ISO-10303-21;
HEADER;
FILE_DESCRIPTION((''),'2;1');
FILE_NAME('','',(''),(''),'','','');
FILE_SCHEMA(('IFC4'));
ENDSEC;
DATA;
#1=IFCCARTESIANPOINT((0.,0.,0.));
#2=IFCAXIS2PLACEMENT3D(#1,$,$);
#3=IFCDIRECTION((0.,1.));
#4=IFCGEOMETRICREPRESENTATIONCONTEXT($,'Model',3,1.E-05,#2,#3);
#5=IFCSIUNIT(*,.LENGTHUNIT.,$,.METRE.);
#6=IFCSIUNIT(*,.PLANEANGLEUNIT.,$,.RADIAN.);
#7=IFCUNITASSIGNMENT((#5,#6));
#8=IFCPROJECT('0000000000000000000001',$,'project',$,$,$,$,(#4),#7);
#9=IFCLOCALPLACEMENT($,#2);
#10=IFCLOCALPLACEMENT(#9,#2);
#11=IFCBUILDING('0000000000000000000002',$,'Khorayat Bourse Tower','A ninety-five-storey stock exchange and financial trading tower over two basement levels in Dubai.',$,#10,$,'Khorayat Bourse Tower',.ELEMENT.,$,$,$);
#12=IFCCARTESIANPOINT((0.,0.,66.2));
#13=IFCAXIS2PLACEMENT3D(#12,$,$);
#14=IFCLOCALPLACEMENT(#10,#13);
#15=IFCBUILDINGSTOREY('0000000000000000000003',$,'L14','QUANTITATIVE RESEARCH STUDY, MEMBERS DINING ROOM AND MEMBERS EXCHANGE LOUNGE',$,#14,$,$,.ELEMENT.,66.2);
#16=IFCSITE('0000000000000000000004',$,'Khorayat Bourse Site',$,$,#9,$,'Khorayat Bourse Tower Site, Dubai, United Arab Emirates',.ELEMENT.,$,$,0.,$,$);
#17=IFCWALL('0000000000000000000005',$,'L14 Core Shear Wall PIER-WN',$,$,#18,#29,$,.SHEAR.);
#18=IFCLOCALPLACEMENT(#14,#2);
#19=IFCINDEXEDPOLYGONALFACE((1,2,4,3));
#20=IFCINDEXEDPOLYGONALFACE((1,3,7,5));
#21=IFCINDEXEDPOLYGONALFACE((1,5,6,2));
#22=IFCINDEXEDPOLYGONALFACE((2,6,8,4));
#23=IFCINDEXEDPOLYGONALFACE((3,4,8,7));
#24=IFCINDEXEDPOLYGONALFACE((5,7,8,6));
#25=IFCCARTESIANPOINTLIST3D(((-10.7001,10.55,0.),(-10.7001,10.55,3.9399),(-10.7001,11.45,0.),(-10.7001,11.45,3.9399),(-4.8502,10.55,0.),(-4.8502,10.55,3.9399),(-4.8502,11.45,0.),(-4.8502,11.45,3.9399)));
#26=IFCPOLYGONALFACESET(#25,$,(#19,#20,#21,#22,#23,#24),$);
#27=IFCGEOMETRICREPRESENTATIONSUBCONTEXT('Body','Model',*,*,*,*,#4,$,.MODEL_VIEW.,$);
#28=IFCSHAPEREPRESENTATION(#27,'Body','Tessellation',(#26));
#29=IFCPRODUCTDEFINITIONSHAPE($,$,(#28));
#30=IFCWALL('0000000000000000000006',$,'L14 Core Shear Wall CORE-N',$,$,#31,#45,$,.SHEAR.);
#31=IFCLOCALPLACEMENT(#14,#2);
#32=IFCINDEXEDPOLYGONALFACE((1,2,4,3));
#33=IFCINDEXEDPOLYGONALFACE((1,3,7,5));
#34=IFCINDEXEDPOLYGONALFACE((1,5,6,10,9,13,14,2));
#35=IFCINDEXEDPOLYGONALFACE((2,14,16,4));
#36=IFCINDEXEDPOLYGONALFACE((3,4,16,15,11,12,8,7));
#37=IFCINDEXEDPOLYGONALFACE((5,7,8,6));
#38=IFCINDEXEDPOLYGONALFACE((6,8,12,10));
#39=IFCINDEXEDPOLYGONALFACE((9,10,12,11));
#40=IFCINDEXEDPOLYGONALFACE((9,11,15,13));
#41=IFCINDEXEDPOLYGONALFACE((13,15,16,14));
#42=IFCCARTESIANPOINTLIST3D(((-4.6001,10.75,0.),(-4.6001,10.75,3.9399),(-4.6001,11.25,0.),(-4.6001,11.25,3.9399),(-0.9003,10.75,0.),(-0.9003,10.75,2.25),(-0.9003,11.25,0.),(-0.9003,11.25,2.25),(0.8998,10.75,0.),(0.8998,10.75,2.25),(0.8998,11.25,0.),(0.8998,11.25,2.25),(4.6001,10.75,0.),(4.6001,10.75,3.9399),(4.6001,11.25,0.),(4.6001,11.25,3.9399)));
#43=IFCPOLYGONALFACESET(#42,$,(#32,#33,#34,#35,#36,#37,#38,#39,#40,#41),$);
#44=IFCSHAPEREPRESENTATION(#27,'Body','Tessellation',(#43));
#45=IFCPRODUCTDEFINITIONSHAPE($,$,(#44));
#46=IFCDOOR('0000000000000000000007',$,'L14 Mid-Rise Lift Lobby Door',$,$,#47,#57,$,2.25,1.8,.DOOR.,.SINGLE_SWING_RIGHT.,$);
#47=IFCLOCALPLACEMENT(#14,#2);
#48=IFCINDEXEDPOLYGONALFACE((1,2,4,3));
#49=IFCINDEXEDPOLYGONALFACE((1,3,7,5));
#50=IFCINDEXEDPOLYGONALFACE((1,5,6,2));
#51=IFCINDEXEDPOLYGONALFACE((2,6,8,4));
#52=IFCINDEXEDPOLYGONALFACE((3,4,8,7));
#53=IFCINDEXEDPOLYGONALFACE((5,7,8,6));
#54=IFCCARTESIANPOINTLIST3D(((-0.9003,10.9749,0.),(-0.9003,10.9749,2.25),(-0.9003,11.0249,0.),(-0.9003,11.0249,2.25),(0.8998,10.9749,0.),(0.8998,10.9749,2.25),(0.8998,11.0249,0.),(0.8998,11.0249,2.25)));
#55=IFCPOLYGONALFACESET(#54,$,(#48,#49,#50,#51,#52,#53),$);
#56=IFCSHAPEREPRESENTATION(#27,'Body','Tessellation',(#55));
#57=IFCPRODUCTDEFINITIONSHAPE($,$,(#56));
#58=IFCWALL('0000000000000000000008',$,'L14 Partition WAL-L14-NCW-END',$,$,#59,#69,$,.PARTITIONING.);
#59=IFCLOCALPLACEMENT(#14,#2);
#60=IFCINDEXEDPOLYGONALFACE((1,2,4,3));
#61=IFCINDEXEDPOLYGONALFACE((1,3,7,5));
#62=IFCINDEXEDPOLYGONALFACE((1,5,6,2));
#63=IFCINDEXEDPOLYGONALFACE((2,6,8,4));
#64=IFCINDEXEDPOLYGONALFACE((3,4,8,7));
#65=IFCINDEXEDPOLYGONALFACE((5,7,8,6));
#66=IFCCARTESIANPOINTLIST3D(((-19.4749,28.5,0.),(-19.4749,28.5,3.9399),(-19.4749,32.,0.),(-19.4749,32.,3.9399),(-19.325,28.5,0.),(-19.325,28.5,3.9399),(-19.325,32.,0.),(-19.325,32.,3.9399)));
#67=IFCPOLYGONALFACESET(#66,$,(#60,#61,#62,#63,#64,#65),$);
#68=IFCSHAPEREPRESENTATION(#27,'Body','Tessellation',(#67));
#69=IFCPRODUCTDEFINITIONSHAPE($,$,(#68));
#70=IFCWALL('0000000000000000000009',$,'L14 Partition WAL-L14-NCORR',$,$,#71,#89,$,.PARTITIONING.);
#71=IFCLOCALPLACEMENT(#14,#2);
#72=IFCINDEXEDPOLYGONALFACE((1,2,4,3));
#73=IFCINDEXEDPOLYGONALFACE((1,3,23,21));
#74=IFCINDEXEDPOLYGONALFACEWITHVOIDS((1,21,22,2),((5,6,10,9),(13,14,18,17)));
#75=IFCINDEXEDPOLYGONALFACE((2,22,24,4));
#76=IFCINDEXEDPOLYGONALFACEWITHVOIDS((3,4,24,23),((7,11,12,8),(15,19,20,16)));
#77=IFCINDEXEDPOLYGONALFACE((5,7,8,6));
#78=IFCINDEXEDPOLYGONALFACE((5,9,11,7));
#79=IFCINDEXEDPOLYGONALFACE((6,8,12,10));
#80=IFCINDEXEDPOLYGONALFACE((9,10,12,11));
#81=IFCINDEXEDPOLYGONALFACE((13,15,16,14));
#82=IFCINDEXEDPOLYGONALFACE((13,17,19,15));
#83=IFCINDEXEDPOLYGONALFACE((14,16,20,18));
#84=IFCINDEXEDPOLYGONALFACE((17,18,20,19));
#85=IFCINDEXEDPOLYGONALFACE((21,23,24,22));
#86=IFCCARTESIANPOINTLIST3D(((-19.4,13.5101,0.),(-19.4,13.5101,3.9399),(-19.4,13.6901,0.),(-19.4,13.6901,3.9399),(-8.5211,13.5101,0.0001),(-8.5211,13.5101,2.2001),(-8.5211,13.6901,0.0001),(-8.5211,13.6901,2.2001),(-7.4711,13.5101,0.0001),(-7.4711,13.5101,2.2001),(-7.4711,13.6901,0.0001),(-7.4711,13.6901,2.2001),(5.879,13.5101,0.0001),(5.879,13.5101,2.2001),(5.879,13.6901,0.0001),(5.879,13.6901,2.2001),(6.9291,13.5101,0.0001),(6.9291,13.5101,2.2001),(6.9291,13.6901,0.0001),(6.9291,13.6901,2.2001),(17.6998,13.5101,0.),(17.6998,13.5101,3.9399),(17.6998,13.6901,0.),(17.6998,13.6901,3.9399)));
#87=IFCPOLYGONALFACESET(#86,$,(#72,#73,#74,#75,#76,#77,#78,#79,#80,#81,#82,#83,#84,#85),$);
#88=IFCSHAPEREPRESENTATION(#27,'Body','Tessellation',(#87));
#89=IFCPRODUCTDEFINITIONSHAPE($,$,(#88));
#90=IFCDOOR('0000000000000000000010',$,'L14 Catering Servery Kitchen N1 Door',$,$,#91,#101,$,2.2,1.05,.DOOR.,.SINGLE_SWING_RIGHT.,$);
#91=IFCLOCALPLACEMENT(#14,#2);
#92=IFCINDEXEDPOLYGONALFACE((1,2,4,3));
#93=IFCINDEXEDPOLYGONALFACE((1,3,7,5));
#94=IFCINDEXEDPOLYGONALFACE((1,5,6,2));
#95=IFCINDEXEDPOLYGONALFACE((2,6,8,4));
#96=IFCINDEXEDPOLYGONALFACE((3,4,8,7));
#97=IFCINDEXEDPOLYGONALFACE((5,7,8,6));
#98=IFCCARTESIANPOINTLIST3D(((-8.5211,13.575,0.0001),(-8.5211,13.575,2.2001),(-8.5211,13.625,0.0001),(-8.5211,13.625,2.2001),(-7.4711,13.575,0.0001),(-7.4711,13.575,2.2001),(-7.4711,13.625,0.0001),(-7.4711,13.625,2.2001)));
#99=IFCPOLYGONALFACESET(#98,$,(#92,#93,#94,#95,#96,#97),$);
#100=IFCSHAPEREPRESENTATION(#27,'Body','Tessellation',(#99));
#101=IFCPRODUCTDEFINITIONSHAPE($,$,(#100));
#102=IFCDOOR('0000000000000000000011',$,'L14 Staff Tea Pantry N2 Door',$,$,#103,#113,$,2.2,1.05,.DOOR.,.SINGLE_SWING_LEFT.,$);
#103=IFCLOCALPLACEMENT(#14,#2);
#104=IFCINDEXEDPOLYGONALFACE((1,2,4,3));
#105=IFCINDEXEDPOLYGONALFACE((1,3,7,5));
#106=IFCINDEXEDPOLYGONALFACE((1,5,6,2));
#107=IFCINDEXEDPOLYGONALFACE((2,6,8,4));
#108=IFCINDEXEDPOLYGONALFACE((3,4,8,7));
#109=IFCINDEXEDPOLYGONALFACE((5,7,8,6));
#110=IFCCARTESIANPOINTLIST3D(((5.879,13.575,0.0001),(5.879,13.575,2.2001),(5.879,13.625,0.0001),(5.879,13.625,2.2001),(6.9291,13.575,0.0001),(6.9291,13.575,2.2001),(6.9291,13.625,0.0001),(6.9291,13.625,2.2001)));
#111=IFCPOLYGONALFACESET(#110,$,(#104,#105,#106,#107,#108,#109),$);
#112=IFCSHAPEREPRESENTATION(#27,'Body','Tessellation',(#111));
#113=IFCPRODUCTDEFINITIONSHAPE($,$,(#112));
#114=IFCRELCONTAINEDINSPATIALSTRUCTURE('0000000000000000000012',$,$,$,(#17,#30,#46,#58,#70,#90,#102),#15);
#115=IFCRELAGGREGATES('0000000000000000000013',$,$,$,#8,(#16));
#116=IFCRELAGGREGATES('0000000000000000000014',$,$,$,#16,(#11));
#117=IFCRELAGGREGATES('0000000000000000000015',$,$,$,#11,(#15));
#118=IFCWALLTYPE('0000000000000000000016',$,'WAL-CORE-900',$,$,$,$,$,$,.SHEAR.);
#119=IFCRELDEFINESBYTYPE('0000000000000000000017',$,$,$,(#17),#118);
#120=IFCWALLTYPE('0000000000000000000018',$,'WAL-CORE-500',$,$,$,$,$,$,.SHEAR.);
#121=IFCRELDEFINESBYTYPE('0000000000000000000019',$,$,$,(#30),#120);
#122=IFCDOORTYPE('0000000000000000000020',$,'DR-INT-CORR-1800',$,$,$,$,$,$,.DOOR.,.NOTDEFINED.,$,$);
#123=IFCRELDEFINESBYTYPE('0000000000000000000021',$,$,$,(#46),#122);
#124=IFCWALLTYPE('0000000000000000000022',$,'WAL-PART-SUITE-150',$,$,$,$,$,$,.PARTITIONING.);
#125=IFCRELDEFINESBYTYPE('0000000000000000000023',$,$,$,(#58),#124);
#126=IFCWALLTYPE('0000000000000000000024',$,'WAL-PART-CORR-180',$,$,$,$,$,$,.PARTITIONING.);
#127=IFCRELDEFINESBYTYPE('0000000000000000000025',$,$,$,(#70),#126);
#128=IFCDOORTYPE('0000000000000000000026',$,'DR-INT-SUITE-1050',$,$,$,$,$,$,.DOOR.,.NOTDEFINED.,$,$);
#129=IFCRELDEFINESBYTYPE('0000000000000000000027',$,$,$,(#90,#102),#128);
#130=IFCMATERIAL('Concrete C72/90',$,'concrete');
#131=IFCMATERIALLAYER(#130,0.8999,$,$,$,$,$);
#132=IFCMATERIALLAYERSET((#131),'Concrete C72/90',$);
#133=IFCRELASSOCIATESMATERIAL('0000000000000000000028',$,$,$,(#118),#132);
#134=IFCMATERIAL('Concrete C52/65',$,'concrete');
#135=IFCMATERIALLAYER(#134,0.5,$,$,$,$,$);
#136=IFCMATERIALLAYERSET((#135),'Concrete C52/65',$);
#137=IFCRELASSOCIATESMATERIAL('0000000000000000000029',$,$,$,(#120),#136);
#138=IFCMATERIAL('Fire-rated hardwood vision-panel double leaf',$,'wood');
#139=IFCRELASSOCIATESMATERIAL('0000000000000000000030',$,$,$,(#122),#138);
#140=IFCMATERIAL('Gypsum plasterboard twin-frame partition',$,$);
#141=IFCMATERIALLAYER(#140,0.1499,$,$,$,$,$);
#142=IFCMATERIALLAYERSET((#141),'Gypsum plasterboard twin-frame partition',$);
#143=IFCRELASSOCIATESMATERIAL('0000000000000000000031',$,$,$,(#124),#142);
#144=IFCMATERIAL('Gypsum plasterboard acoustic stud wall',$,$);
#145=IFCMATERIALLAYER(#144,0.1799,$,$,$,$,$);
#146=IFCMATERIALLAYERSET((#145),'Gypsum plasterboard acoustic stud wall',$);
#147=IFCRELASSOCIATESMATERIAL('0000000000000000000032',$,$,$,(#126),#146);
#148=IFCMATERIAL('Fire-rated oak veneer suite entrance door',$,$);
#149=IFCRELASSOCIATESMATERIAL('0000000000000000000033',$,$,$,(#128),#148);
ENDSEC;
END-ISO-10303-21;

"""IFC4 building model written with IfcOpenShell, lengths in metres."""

from ifc_helpers import new_model, si_unit, direction, frame, frame_2d, origin, place, context, subcontext, project, spatial, rectangle, extrude, source, transform, mapped, material, layer, layer_set, type_object, element, fill, save


model = new_model("IFC4")

# Units and contexts
model_context = context("Model", 3, precision=1e-05, world=origin(), true_north=direction((0.0, 1.0)))
body_context = subcontext(model_context, "Body", "Model", "MODEL_VIEW")
ifc_project = project(units=[si_unit("LENGTHUNIT", "METRE"), si_unit("PLANEANGLEUNIT", "RADIAN")], contexts=[model_context])

# Site, building, storey
site_placement = place(None, origin())
site = spatial("IfcSite", under=ifc_project, at=site_placement, Name="Khorayat Bourse Site", LongName="Khorayat Bourse Tower Site, Dubai, United Arab Emirates", CompositionType="ELEMENT", RefElevation=0.0)
building_placement = place(site_placement, origin())
building = spatial("IfcBuilding", under=site, at=building_placement, Name="Khorayat Bourse Tower", Description="A ninety-five-storey stock exchange and financial trading tower over two basement levels in Dubai.", LongName="Khorayat Bourse Tower", CompositionType="ELEMENT")
storey_placement = place(building_placement, frame((0.0, 0.0, 66.2)))
storey = spatial("IfcBuildingStorey", under=building, at=storey_placement, Name="L14", Description="QUANTITATIVE RESEARCH STUDY, MEMBERS DINING ROOM AND MEMBERS EXCHANGE LOUNGE", CompositionType="ELEMENT", Elevation=66.2)

# Shared definitions
ifc_material_1 = material(Name="Concrete C72/90", Category="concrete")

# Wall
ifc_layer_1 = layer(ifc_material_1, 0.8999)
ifc_layer_set_1 = layer_set([ifc_layer_1], Name="Concrete C72/90")
wall_type_1 = type_object("IfcWallType", Name="WAL-CORE-900", PredefinedType="SHEAR", material=ifc_layer_set_1)
shared_shape_1 = source(origin(), body_context, "Body", "SweptSolid", [
    extrude(rectangle(XDim=5.8499, YDim=0.8999, at=frame_2d((2.9248, 0.0))), origin(), (0.0, 0.0, 1.0), 3.9399),
])
wall_1_placement = place(storey_placement, frame((-10.7, 11.0, 0.0), z_axis=(0.0, 0.0, 1.0), x_axis=(1.0, 0.0, 0.0)))
element("IfcWall", 1, at=wall_1_placement, inside=storey, type_object=wall_type_1, Name="L14 Core Shear Wall PIER-WN", PredefinedType="SHEAR", context=body_context, shape_type="MappedRepresentation", body=[
    mapped(shared_shape_1, transform((0.0, 0.0, 0.0), scale=1.0)),
])

# Wall, opening, door
ifc_material_2 = material(Name="Concrete C52/65", Category="concrete")
ifc_layer_2 = layer(ifc_material_2, 0.5)
ifc_layer_set_2 = layer_set([ifc_layer_2], Name="Concrete C52/65")
wall_type_2 = type_object("IfcWallType", Name="WAL-CORE-500", PredefinedType="SHEAR", material=ifc_layer_set_2)
shared_shape_2 = source(origin(), body_context, "Body", "SweptSolid", [
    extrude(rectangle(XDim=9.2002, YDim=0.5, at=frame_2d((4.6001, 0.0))), origin(), (0.0, 0.0, 1.0), 3.9399),
])
wall_2_placement = place(storey_placement, frame((-4.6001, 11.0, 0.0), z_axis=(0.0, 0.0, 1.0), x_axis=(1.0, 0.0, 0.0)))
wall_2 = element("IfcWall", 2, at=wall_2_placement, inside=storey, type_object=wall_type_2, Name="L14 Core Shear Wall CORE-N", PredefinedType="SHEAR", context=body_context, shape_type="MappedRepresentation", body=[
    mapped(shared_shape_2, transform((0.0, 0.0, 0.0), scale=1.0)),
])
shared_shape_3 = source(origin(), body_context, "Body", "SweptSolid", [
    extrude(rectangle(XDim=1.8, YDim=2.25, at=frame_2d((0.8999, 1.125))), frame((0.0, 0.26, 0.0), z_axis=(0.0, -1.0, 0.0), x_axis=(1.0, 0.0, 0.0)), (0.0, 0.0, 1.0), 0.52),
])
opening_1_placement = place(wall_2_placement, frame((3.7, 0.0, 0.0)))
opening_1 = element("IfcOpeningElement", 3, at=opening_1_placement, cuts=wall_2, PredefinedType="OPENING", context=body_context, shape_type="MappedRepresentation", body=[
    mapped(shared_shape_3, transform((0.0, 0.0, 0.0), scale=1.0)),
])
ifc_material_3 = material(Name="Fire-rated hardwood vision-panel double leaf", Category="wood")
door_type_1 = type_object("IfcDoorType", Name="DR-INT-CORR-1800", OperationType="NOTDEFINED", PredefinedType="DOOR", material=ifc_material_3)
shared_shape_4 = source(origin(), body_context, "Body", "SweptSolid", [
    extrude(rectangle(XDim=1.8, YDim=2.25, at=frame_2d((0.8999, 1.125))), frame((0.0, 0.0249, 0.0), z_axis=(0.0, -1.0, 0.0), x_axis=(1.0, 0.0, 0.0)), (0.0, 0.0, 1.0), 0.05),
])
door_1_placement = place(opening_1_placement, origin())
door_1 = element("IfcDoor", 4, at=door_1_placement, inside=storey, type_object=door_type_1, Name="L14 Mid-Rise Lift Lobby Door", OperationType="SINGLE_SWING_RIGHT", OverallHeight=2.25, OverallWidth=1.8, PredefinedType="DOOR", context=body_context, shape_type="MappedRepresentation", body=[
    mapped(shared_shape_4, transform((0.0, 0.0, 0.0), scale=1.0)),
])
fill(opening_1, door_1)

# Wall
ifc_material_4 = material(Name="Gypsum plasterboard twin-frame partition")
ifc_layer_3 = layer(ifc_material_4, 0.1499)
ifc_layer_set_3 = layer_set([ifc_layer_3], Name="Gypsum plasterboard twin-frame partition")
wall_type_3 = type_object("IfcWallType", Name="WAL-PART-SUITE-150", PredefinedType="PARTITIONING", material=ifc_layer_set_3)
shared_shape_5 = source(origin(), body_context, "Body", "SweptSolid", [
    extrude(rectangle(XDim=3.5, YDim=0.1499, at=frame_2d((1.75, 0.0))), origin(), (0.0, 0.0, 1.0), 3.9399),
])
wall_3_placement = place(storey_placement, frame((-19.3999, 28.5, 0.0), z_axis=(0.0, 0.0, 1.0), x_axis=(0.0, 1.0, 0.0)))
element("IfcWall", 5, at=wall_3_placement, inside=storey, type_object=wall_type_3, Name="L14 Partition WAL-L14-NCW-END", PredefinedType="PARTITIONING", context=body_context, shape_type="MappedRepresentation", body=[
    mapped(shared_shape_5, transform((0.0, 0.0, 0.0), scale=1.0)),
])

# Wall, openings, doors
ifc_material_5 = material(Name="Gypsum plasterboard acoustic stud wall")
ifc_layer_4 = layer(ifc_material_5, 0.1799)
ifc_layer_set_4 = layer_set([ifc_layer_4], Name="Gypsum plasterboard acoustic stud wall")
wall_type_4 = type_object("IfcWallType", Name="WAL-PART-CORR-180", PredefinedType="PARTITIONING", material=ifc_layer_set_4)
shared_shape_6 = source(origin(), body_context, "Body", "SweptSolid", [
    extrude(rectangle(XDim=37.0999, YDim=0.1799, at=frame_2d((18.5498, 0.0))), origin(), (0.0, 0.0, 1.0), 3.9399),
])
wall_4_placement = place(storey_placement, frame((-19.3999, 13.6001, 0.0), z_axis=(0.0, 0.0, 1.0), x_axis=(1.0, 0.0, 0.0)))
wall_4 = element("IfcWall", 6, at=wall_4_placement, inside=storey, type_object=wall_type_4, Name="L14 Partition WAL-L14-NCORR", PredefinedType="PARTITIONING", context=body_context, shape_type="MappedRepresentation", body=[
    mapped(shared_shape_6, transform((0.0, 0.0, 0.0), scale=1.0)),
])
shared_shape_7 = source(origin(), body_context, "Body", "SweptSolid", [
    extrude(rectangle(XDim=1.05, YDim=2.2, at=frame_2d((0.5249, 1.1001))), frame((0.0, 0.0999, 0.0), z_axis=(0.0, -1.0, 0.0), x_axis=(1.0, 0.0, 0.0)), (0.0, 0.0, 1.0), 0.2),
])
opening_2_placement = place(wall_4_placement, frame((10.8789, 0.0, 0.0)))
opening_2 = element("IfcOpeningElement", 7, at=opening_2_placement, cuts=wall_4, PredefinedType="OPENING", context=body_context, shape_type="MappedRepresentation", body=[
    mapped(shared_shape_7, transform((0.0, 0.0, 0.0), scale=1.0)),
])
opening_3_placement = place(wall_4_placement, frame((25.2791, 0.0, 0.0)))
opening_3 = element("IfcOpeningElement", 8, at=opening_3_placement, cuts=wall_4, PredefinedType="OPENING", context=body_context, shape_type="MappedRepresentation", body=[
    mapped(shared_shape_7, transform((0.0, 0.0, 0.0), scale=1.0)),
])
ifc_material_6 = material(Name="Fire-rated oak veneer suite entrance door")
door_type_2 = type_object("IfcDoorType", Name="DR-INT-SUITE-1050", OperationType="NOTDEFINED", PredefinedType="DOOR", material=ifc_material_6)
shared_shape_8 = source(origin(), body_context, "Body", "SweptSolid", [
    extrude(rectangle(XDim=1.05, YDim=2.2, at=frame_2d((0.5249, 1.1001))), frame((0.0, 0.0249, 0.0), z_axis=(0.0, -1.0, 0.0), x_axis=(1.0, 0.0, 0.0)), (0.0, 0.0, 1.0), 0.05),
])
door_2_placement = place(opening_2_placement, origin())
door_2 = element("IfcDoor", 9, at=door_2_placement, inside=storey, type_object=door_type_2, Name="L14 Catering Servery Kitchen N1 Door", OperationType="SINGLE_SWING_RIGHT", OverallHeight=2.2, OverallWidth=1.05, PredefinedType="DOOR", context=body_context, shape_type="MappedRepresentation", body=[
    mapped(shared_shape_8, transform((0.0, 0.0, 0.0), scale=1.0)),
])
fill(opening_2, door_2)
door_3_placement = place(opening_3_placement, origin())
door_3 = element("IfcDoor", 10, at=door_3_placement, inside=storey, type_object=door_type_2, Name="L14 Staff Tea Pantry N2 Door", OperationType="SINGLE_SWING_LEFT", OverallHeight=2.2, OverallWidth=1.05, PredefinedType="DOOR", context=body_context, shape_type="MappedRepresentation", body=[
    mapped(shared_shape_8, transform((0.0, 0.0, 0.0), scale=1.0)),
])
fill(opening_3, door_3)

save(model, "model.ifc")
